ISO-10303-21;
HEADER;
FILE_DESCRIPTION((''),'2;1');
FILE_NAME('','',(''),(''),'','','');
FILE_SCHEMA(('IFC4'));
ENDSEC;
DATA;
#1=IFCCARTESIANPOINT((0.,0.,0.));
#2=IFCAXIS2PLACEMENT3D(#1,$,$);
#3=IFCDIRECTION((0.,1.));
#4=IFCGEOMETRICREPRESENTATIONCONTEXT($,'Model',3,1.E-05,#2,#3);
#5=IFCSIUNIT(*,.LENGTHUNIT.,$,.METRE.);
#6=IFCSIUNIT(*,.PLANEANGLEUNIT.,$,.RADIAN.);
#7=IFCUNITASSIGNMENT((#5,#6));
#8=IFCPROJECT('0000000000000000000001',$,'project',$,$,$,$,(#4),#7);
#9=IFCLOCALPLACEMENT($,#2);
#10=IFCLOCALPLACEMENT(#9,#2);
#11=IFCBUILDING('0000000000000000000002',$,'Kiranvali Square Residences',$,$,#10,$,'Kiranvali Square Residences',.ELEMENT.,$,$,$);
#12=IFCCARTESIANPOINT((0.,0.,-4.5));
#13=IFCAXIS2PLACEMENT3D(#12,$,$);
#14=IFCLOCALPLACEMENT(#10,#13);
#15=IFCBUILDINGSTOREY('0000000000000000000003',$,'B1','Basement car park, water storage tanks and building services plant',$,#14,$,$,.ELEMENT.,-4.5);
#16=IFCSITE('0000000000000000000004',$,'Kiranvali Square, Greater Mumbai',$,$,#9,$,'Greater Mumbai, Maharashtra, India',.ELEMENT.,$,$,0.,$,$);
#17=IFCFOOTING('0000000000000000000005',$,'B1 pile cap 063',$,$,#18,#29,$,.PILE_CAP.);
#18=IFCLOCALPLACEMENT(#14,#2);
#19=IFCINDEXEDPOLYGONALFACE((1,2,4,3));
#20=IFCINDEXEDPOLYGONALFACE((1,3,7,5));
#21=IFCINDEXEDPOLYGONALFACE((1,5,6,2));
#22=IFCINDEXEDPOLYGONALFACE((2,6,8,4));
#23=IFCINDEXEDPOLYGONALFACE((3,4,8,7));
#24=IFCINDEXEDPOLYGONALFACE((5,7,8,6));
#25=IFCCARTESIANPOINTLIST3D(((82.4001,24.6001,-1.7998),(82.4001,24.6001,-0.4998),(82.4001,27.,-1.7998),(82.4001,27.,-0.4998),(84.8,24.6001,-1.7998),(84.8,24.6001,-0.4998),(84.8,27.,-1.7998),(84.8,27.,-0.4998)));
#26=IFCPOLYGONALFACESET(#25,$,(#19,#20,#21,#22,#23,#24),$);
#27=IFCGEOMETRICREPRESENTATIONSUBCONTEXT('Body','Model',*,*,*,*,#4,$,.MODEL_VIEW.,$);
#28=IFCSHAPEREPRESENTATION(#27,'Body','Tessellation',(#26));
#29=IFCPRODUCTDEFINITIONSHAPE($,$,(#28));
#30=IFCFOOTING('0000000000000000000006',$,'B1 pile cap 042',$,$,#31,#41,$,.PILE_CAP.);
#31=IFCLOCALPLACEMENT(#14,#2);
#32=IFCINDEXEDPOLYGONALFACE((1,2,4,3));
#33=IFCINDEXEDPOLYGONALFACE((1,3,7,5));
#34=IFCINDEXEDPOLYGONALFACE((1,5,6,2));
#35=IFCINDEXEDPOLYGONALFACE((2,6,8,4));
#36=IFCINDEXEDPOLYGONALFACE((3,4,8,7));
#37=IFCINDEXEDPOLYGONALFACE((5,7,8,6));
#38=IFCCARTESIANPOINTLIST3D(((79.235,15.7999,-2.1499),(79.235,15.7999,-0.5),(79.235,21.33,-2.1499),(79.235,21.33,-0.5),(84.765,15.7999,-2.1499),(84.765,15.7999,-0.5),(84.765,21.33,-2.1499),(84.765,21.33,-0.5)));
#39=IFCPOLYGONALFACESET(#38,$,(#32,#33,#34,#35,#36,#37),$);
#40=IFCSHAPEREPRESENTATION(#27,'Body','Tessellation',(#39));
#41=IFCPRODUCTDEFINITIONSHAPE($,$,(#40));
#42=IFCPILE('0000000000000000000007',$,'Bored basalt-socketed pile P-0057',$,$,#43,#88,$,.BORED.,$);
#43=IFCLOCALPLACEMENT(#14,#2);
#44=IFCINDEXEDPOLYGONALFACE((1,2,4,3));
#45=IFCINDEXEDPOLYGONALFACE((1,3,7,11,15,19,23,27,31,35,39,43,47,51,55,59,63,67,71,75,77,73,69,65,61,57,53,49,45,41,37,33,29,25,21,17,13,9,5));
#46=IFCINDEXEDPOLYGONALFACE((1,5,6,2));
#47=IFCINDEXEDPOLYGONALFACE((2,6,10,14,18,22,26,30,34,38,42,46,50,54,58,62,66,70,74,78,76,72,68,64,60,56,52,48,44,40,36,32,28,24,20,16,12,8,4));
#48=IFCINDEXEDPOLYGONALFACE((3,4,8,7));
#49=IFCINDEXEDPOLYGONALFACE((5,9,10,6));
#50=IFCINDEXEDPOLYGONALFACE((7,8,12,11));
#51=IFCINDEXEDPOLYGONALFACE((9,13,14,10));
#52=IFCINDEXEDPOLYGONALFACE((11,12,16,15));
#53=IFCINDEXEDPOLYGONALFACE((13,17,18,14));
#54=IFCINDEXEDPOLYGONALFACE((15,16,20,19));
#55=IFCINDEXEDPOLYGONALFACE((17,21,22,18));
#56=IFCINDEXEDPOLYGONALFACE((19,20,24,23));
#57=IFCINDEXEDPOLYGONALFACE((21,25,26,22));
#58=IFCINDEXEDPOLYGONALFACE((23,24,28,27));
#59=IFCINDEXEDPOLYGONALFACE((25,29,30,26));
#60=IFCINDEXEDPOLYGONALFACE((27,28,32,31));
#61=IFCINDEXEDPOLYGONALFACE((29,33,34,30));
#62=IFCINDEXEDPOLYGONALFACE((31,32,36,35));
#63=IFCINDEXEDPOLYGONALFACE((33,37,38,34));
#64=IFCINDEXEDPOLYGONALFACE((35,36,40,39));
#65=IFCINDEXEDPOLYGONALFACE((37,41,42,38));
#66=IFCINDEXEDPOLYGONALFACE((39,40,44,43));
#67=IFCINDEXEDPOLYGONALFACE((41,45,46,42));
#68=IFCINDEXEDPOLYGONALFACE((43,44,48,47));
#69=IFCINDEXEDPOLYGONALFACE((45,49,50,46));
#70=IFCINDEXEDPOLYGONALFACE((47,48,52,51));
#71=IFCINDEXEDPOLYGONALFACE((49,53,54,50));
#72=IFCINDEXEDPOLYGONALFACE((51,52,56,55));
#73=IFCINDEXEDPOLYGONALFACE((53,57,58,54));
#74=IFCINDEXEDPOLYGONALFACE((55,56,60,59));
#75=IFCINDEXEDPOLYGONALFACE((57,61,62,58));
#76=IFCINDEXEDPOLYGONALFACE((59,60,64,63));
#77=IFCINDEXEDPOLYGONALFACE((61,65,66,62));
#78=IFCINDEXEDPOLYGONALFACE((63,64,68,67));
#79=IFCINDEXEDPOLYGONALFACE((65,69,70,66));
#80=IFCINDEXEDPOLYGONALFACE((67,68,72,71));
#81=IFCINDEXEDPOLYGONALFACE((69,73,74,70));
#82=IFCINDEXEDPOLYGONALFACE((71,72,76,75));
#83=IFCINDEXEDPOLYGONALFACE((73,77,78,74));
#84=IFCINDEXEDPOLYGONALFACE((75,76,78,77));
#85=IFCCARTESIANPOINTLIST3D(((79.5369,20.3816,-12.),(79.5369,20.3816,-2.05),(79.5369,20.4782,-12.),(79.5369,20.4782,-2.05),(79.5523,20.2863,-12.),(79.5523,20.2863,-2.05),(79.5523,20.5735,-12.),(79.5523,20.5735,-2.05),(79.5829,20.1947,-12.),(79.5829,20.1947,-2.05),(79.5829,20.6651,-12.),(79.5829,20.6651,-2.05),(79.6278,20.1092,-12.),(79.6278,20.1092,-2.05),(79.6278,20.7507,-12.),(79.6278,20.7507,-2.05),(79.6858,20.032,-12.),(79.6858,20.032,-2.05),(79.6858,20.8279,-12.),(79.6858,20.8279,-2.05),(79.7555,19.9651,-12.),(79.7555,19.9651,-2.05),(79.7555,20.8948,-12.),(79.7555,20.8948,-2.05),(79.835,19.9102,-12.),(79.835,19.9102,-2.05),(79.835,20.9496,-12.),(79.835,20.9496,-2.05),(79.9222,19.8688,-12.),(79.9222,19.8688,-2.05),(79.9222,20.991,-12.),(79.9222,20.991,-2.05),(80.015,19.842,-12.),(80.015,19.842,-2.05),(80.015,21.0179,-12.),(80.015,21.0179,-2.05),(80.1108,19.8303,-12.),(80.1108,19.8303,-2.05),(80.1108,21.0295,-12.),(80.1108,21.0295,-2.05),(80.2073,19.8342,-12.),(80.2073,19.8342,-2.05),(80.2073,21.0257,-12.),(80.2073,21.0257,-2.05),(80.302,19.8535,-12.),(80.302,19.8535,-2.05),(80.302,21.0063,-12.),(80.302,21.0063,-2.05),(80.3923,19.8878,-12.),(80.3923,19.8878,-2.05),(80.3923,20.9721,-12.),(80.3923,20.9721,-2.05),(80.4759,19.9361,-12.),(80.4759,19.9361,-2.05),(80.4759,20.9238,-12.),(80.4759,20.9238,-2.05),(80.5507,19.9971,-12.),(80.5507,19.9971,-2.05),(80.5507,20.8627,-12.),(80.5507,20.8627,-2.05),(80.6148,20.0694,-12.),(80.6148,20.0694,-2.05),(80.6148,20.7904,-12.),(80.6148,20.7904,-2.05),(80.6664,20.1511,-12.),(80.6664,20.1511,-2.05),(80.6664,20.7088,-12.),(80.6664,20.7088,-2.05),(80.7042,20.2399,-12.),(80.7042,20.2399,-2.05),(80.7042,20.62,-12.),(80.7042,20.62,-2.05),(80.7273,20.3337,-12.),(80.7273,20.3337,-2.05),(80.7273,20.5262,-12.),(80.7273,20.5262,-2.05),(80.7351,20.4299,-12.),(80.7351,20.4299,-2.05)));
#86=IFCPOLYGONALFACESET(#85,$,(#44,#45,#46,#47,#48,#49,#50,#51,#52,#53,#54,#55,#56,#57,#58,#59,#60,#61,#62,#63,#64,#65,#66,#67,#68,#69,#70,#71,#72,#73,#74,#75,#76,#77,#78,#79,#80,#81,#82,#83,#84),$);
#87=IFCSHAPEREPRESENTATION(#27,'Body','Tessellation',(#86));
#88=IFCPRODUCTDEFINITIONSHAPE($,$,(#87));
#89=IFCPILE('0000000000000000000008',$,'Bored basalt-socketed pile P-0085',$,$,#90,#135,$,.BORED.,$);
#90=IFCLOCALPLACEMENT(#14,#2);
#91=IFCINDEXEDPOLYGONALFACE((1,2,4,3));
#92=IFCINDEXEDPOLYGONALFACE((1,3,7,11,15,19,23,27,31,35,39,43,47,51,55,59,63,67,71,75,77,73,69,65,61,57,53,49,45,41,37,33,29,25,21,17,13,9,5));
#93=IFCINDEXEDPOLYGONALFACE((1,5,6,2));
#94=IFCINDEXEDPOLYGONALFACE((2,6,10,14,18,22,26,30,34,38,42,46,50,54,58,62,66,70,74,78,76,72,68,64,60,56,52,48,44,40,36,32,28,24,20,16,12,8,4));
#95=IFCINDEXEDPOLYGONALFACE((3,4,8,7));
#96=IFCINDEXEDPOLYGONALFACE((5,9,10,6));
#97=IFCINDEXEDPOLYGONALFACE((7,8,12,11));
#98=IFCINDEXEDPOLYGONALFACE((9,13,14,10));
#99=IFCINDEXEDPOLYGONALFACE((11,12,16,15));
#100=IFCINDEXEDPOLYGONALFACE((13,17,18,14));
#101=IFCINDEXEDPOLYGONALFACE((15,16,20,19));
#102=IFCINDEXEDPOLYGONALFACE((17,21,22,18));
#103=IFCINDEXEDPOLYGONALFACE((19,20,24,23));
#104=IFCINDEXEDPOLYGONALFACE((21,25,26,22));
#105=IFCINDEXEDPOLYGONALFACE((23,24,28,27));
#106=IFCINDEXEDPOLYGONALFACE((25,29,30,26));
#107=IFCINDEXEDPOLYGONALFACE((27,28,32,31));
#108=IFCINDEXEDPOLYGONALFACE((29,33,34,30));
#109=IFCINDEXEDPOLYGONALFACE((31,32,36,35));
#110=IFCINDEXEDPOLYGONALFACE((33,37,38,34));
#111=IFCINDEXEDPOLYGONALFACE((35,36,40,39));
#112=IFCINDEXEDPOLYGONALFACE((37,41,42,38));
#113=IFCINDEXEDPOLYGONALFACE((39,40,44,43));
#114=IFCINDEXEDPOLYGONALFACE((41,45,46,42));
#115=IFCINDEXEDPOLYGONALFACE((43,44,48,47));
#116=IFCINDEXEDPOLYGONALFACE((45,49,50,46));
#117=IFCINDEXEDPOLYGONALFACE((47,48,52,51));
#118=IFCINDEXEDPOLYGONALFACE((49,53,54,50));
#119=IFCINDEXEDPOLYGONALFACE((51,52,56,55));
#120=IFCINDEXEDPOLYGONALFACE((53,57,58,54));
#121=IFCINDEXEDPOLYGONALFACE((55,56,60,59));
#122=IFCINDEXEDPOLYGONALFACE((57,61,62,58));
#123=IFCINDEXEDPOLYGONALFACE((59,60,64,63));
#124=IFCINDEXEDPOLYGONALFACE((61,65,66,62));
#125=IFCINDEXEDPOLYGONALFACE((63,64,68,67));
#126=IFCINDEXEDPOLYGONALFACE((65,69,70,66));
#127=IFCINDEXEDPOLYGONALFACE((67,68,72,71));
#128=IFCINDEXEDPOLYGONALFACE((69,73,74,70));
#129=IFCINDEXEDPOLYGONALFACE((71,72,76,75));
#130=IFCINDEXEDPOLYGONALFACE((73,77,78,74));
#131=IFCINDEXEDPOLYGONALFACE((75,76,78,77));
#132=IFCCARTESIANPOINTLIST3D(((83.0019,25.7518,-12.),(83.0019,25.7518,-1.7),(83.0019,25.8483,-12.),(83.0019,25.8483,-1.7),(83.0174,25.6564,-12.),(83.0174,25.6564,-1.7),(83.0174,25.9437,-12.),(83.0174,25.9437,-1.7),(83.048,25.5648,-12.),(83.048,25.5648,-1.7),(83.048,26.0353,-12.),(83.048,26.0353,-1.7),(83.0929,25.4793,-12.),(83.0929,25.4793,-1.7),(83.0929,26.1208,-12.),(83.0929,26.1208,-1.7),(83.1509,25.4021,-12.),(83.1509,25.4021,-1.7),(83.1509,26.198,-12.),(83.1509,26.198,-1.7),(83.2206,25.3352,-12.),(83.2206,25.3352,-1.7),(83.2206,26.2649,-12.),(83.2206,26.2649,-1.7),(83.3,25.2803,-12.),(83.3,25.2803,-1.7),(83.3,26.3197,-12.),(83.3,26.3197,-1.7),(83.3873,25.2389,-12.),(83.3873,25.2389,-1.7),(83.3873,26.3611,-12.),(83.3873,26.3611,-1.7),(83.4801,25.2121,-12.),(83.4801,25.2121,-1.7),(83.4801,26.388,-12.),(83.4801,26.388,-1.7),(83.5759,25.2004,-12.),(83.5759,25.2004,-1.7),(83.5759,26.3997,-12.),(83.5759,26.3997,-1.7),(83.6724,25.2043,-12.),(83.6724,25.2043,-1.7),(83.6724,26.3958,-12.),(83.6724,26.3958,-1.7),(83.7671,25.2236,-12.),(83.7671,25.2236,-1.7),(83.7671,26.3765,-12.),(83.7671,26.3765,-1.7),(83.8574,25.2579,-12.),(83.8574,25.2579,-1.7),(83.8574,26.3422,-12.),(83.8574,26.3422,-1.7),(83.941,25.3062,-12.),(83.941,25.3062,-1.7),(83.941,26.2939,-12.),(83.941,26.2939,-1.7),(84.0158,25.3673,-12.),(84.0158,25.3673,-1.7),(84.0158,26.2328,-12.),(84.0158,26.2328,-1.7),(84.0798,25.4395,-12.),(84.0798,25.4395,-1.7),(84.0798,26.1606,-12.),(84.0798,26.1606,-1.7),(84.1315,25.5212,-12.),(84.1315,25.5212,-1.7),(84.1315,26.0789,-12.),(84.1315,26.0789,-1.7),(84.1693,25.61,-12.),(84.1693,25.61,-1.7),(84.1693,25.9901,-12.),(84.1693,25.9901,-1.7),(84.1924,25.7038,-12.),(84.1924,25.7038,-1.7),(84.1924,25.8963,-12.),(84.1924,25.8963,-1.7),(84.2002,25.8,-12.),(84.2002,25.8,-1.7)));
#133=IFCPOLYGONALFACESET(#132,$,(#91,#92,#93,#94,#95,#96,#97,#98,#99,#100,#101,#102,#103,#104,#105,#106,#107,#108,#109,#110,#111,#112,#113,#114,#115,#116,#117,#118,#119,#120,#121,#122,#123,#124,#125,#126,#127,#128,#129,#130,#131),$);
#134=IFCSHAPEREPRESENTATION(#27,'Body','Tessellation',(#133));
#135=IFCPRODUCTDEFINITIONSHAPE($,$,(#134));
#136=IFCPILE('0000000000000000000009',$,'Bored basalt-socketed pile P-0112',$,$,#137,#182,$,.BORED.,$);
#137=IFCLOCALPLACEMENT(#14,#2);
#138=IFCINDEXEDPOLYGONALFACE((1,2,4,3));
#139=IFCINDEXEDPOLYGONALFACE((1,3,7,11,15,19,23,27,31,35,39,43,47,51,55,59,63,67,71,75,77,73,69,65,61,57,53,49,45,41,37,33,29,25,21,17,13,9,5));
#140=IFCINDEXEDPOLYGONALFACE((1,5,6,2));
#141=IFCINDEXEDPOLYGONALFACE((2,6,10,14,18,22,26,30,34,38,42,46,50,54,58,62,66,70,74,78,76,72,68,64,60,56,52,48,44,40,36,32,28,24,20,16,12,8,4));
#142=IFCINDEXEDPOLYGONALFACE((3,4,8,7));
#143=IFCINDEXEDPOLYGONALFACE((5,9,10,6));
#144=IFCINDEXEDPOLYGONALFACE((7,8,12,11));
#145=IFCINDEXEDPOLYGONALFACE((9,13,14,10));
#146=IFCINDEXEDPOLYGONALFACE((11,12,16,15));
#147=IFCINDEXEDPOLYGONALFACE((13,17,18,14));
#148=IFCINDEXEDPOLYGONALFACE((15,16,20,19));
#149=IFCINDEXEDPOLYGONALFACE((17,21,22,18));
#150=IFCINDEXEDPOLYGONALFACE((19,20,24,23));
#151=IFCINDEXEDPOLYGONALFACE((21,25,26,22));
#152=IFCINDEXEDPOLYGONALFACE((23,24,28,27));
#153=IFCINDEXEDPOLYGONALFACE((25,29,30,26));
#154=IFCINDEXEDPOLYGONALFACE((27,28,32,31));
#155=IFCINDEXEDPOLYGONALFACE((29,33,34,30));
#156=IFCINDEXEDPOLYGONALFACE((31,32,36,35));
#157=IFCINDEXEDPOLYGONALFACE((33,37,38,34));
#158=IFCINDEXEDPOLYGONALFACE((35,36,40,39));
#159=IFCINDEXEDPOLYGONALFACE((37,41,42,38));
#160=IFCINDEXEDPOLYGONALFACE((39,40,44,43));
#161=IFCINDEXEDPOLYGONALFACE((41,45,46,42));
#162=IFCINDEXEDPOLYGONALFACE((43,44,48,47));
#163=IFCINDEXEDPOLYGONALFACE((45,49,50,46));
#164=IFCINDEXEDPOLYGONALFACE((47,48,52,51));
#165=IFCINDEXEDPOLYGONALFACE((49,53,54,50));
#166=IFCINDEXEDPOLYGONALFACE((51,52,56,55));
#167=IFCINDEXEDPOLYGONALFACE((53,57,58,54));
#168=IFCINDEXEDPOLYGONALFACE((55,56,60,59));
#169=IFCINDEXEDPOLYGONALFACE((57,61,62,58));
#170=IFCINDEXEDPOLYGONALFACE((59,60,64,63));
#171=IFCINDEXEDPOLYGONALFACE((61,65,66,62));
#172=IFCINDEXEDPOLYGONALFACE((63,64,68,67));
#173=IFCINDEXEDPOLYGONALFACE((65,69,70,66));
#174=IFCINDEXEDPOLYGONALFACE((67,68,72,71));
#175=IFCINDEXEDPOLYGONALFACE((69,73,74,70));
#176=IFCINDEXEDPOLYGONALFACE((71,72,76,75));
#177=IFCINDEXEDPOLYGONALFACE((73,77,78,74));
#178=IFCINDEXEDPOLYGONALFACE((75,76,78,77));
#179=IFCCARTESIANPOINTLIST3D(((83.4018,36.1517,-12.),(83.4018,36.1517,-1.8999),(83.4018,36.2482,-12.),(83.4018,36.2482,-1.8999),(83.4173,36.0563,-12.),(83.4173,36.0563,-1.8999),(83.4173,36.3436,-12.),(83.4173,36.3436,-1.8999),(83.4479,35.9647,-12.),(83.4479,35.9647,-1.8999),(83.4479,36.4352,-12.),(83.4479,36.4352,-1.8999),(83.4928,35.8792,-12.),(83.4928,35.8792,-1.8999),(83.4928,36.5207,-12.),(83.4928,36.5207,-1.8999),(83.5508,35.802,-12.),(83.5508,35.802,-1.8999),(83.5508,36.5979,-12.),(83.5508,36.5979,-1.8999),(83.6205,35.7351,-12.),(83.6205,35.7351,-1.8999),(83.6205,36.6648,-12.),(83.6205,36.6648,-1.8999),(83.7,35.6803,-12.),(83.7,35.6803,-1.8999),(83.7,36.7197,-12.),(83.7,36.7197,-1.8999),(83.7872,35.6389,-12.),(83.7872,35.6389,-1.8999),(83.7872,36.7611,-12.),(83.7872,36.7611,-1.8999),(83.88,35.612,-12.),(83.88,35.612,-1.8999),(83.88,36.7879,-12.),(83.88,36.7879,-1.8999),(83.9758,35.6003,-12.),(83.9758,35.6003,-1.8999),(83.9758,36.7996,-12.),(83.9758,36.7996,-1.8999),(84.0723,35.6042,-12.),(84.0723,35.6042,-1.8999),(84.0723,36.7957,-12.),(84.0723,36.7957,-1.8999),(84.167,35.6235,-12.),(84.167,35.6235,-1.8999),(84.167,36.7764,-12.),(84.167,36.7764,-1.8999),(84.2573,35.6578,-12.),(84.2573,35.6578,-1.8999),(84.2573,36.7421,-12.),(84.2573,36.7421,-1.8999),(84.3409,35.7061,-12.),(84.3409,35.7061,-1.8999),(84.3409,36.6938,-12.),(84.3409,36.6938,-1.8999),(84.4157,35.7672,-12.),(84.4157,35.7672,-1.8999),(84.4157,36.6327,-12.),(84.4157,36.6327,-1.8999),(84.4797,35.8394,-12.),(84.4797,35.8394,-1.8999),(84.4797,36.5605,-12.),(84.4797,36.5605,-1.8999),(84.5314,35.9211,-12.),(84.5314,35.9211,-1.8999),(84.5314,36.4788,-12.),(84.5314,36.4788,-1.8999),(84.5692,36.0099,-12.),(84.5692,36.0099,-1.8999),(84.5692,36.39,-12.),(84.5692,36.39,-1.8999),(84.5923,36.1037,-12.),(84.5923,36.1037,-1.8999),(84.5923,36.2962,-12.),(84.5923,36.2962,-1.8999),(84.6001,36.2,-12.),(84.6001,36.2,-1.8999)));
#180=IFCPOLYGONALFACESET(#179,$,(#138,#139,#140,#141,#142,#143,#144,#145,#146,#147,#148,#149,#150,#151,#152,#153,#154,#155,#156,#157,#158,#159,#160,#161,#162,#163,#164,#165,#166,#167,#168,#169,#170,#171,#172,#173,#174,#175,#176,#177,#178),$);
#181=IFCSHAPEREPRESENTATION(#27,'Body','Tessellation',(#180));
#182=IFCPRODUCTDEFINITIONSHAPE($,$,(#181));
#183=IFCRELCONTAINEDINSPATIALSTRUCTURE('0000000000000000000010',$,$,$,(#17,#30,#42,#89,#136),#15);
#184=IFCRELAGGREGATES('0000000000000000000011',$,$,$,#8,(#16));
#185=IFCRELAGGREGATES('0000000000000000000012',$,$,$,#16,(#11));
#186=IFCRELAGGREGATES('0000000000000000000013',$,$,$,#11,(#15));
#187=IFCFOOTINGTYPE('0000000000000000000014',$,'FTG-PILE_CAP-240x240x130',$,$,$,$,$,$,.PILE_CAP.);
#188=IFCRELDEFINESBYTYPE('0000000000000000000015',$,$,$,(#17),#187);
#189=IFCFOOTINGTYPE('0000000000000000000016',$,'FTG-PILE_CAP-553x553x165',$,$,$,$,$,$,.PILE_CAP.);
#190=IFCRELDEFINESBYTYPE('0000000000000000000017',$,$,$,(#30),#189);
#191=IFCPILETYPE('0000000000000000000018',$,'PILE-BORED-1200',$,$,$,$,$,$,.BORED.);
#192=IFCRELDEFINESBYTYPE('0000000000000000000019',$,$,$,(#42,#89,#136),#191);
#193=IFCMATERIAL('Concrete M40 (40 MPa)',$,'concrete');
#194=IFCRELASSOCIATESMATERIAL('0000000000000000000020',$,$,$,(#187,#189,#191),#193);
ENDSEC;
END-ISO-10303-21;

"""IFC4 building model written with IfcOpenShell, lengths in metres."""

from ifc_helpers import new_model, si_unit, direction, frame, origin, origin_2d, place, context, subcontext, project, spatial, rectangle, circle, extrude, material, material_profile, profile_set, type_object, element, save


model = new_model("IFC4")

# Units and contexts
model_context = context("Model", 3, precision=1e-05, world=origin(), true_north=direction((0.0, 1.0)))
body_context = subcontext(model_context, "Body", "Model", "MODEL_VIEW")
ifc_project = project(units=[si_unit("LENGTHUNIT", "METRE"), si_unit("PLANEANGLEUNIT", "RADIAN")], contexts=[model_context])

# Site, building, storey
site_placement = place(None, origin())
site = spatial("IfcSite", under=ifc_project, at=site_placement, Name="Kiranvali Square, Greater Mumbai", LongName="Greater Mumbai, Maharashtra, India", CompositionType="ELEMENT", RefElevation=0.0)
building_placement = place(site_placement, origin())
building = spatial("IfcBuilding", under=site, at=building_placement, Name="Kiranvali Square Residences", LongName="Kiranvali Square Residences", CompositionType="ELEMENT")
storey_placement = place(building_placement, frame((0.0, 0.0, -4.5)))
storey = spatial("IfcBuildingStorey", under=building, at=storey_placement, Name="B1", Description="Basement car park, water storage tanks and building services plant", CompositionType="ELEMENT", Elevation=-4.5)

# Footings
ifc_material_1 = material(Name="Concrete M40 (40 MPa)", Category="concrete")
footing_type_1 = type_object("IfcFootingType", Name="FTG-PILE_CAP-240x240x130", PredefinedType="PILE_CAP", material=ifc_material_1)
footing_1_placement = place(storey_placement, frame((83.6001, 25.8, -1.7998), z_axis=(0.0, 0.0, 1.0), x_axis=(1.0, 0.0, 0.0)))
element("IfcFooting", 1, at=footing_1_placement, inside=storey, type_object=footing_type_1, Name="B1 pile cap 063", PredefinedType="PILE_CAP", context=body_context, shape_type="SweptSolid", body=[
    extrude(rectangle(XDim=2.3999, YDim=2.3999, at=origin_2d()), origin(), (0.0, 0.0, 1.0), 1.3),
])
footing_type_2 = type_object("IfcFootingType", Name="FTG-PILE_CAP-553x553x165", PredefinedType="PILE_CAP", material=ifc_material_1)
footing_2_placement = place(storey_placement, frame((82.0, 18.5649, -2.1499), z_axis=(0.0, 0.0, 1.0), x_axis=(1.0, 0.0, 0.0)))
element("IfcFooting", 2, at=footing_2_placement, inside=storey, type_object=footing_type_2, Name="B1 pile cap 042", PredefinedType="PILE_CAP", context=body_context, shape_type="SweptSolid", body=[
    extrude(rectangle(XDim=5.53, YDim=5.53, at=origin_2d()), origin(), (0.0, 0.0, 1.0), 1.6499),
])

# Piles
ifc_material_profile_1 = material_profile(ifc_material_1, circle(Radius=0.6001, at=origin_2d()), Name="BORED PILE 1200")
ifc_profile_set_1 = profile_set([ifc_material_profile_1], Name="Concrete M40 (40 MPa)")
pile_type_1 = type_object("IfcPileType", Name="PILE-BORED-1200", PredefinedType="BORED", material=ifc_profile_set_1)
pile_1_placement = place(storey_placement, frame((80.135, 20.4299, -2.05), z_axis=(0.0, 0.0, -1.0), x_axis=(1.0, 0.0, 0.0)))
element("IfcPile", 3, at=pile_1_placement, inside=storey, type_object=pile_type_1, Name="Bored basalt-socketed pile P-0057", PredefinedType="BORED", context=body_context, shape_type="SweptSolid", body=[
    extrude(circle(Radius=0.6001, at=origin_2d()), origin(), (0.0, 0.0, 1.0), 9.95),
])
pile_2_placement = place(storey_placement, frame((83.6001, 25.8, -1.7), z_axis=(0.0, 0.0, -1.0), x_axis=(1.0, 0.0, 0.0)))
element("IfcPile", 4, at=pile_2_placement, inside=storey, type_object=pile_type_1, Name="Bored basalt-socketed pile P-0085", PredefinedType="BORED", context=body_context, shape_type="SweptSolid", body=[
    extrude(circle(Radius=0.6001, at=origin_2d()), origin(), (0.0, 0.0, 1.0), 10.3),
])
pile_3_placement = place(storey_placement, frame((84.0, 36.2, -1.8999), z_axis=(0.0, 0.0, -1.0), x_axis=(1.0, 0.0, 0.0)))
element("IfcPile", 5, at=pile_3_placement, inside=storey, type_object=pile_type_1, Name="Bored basalt-socketed pile P-0112", PredefinedType="BORED", context=body_context, shape_type="SweptSolid", body=[
    extrude(circle(Radius=0.6001, at=origin_2d()), origin(), (0.0, 0.0, 1.0), 10.1001),
])

save(model, "model.ifc")
